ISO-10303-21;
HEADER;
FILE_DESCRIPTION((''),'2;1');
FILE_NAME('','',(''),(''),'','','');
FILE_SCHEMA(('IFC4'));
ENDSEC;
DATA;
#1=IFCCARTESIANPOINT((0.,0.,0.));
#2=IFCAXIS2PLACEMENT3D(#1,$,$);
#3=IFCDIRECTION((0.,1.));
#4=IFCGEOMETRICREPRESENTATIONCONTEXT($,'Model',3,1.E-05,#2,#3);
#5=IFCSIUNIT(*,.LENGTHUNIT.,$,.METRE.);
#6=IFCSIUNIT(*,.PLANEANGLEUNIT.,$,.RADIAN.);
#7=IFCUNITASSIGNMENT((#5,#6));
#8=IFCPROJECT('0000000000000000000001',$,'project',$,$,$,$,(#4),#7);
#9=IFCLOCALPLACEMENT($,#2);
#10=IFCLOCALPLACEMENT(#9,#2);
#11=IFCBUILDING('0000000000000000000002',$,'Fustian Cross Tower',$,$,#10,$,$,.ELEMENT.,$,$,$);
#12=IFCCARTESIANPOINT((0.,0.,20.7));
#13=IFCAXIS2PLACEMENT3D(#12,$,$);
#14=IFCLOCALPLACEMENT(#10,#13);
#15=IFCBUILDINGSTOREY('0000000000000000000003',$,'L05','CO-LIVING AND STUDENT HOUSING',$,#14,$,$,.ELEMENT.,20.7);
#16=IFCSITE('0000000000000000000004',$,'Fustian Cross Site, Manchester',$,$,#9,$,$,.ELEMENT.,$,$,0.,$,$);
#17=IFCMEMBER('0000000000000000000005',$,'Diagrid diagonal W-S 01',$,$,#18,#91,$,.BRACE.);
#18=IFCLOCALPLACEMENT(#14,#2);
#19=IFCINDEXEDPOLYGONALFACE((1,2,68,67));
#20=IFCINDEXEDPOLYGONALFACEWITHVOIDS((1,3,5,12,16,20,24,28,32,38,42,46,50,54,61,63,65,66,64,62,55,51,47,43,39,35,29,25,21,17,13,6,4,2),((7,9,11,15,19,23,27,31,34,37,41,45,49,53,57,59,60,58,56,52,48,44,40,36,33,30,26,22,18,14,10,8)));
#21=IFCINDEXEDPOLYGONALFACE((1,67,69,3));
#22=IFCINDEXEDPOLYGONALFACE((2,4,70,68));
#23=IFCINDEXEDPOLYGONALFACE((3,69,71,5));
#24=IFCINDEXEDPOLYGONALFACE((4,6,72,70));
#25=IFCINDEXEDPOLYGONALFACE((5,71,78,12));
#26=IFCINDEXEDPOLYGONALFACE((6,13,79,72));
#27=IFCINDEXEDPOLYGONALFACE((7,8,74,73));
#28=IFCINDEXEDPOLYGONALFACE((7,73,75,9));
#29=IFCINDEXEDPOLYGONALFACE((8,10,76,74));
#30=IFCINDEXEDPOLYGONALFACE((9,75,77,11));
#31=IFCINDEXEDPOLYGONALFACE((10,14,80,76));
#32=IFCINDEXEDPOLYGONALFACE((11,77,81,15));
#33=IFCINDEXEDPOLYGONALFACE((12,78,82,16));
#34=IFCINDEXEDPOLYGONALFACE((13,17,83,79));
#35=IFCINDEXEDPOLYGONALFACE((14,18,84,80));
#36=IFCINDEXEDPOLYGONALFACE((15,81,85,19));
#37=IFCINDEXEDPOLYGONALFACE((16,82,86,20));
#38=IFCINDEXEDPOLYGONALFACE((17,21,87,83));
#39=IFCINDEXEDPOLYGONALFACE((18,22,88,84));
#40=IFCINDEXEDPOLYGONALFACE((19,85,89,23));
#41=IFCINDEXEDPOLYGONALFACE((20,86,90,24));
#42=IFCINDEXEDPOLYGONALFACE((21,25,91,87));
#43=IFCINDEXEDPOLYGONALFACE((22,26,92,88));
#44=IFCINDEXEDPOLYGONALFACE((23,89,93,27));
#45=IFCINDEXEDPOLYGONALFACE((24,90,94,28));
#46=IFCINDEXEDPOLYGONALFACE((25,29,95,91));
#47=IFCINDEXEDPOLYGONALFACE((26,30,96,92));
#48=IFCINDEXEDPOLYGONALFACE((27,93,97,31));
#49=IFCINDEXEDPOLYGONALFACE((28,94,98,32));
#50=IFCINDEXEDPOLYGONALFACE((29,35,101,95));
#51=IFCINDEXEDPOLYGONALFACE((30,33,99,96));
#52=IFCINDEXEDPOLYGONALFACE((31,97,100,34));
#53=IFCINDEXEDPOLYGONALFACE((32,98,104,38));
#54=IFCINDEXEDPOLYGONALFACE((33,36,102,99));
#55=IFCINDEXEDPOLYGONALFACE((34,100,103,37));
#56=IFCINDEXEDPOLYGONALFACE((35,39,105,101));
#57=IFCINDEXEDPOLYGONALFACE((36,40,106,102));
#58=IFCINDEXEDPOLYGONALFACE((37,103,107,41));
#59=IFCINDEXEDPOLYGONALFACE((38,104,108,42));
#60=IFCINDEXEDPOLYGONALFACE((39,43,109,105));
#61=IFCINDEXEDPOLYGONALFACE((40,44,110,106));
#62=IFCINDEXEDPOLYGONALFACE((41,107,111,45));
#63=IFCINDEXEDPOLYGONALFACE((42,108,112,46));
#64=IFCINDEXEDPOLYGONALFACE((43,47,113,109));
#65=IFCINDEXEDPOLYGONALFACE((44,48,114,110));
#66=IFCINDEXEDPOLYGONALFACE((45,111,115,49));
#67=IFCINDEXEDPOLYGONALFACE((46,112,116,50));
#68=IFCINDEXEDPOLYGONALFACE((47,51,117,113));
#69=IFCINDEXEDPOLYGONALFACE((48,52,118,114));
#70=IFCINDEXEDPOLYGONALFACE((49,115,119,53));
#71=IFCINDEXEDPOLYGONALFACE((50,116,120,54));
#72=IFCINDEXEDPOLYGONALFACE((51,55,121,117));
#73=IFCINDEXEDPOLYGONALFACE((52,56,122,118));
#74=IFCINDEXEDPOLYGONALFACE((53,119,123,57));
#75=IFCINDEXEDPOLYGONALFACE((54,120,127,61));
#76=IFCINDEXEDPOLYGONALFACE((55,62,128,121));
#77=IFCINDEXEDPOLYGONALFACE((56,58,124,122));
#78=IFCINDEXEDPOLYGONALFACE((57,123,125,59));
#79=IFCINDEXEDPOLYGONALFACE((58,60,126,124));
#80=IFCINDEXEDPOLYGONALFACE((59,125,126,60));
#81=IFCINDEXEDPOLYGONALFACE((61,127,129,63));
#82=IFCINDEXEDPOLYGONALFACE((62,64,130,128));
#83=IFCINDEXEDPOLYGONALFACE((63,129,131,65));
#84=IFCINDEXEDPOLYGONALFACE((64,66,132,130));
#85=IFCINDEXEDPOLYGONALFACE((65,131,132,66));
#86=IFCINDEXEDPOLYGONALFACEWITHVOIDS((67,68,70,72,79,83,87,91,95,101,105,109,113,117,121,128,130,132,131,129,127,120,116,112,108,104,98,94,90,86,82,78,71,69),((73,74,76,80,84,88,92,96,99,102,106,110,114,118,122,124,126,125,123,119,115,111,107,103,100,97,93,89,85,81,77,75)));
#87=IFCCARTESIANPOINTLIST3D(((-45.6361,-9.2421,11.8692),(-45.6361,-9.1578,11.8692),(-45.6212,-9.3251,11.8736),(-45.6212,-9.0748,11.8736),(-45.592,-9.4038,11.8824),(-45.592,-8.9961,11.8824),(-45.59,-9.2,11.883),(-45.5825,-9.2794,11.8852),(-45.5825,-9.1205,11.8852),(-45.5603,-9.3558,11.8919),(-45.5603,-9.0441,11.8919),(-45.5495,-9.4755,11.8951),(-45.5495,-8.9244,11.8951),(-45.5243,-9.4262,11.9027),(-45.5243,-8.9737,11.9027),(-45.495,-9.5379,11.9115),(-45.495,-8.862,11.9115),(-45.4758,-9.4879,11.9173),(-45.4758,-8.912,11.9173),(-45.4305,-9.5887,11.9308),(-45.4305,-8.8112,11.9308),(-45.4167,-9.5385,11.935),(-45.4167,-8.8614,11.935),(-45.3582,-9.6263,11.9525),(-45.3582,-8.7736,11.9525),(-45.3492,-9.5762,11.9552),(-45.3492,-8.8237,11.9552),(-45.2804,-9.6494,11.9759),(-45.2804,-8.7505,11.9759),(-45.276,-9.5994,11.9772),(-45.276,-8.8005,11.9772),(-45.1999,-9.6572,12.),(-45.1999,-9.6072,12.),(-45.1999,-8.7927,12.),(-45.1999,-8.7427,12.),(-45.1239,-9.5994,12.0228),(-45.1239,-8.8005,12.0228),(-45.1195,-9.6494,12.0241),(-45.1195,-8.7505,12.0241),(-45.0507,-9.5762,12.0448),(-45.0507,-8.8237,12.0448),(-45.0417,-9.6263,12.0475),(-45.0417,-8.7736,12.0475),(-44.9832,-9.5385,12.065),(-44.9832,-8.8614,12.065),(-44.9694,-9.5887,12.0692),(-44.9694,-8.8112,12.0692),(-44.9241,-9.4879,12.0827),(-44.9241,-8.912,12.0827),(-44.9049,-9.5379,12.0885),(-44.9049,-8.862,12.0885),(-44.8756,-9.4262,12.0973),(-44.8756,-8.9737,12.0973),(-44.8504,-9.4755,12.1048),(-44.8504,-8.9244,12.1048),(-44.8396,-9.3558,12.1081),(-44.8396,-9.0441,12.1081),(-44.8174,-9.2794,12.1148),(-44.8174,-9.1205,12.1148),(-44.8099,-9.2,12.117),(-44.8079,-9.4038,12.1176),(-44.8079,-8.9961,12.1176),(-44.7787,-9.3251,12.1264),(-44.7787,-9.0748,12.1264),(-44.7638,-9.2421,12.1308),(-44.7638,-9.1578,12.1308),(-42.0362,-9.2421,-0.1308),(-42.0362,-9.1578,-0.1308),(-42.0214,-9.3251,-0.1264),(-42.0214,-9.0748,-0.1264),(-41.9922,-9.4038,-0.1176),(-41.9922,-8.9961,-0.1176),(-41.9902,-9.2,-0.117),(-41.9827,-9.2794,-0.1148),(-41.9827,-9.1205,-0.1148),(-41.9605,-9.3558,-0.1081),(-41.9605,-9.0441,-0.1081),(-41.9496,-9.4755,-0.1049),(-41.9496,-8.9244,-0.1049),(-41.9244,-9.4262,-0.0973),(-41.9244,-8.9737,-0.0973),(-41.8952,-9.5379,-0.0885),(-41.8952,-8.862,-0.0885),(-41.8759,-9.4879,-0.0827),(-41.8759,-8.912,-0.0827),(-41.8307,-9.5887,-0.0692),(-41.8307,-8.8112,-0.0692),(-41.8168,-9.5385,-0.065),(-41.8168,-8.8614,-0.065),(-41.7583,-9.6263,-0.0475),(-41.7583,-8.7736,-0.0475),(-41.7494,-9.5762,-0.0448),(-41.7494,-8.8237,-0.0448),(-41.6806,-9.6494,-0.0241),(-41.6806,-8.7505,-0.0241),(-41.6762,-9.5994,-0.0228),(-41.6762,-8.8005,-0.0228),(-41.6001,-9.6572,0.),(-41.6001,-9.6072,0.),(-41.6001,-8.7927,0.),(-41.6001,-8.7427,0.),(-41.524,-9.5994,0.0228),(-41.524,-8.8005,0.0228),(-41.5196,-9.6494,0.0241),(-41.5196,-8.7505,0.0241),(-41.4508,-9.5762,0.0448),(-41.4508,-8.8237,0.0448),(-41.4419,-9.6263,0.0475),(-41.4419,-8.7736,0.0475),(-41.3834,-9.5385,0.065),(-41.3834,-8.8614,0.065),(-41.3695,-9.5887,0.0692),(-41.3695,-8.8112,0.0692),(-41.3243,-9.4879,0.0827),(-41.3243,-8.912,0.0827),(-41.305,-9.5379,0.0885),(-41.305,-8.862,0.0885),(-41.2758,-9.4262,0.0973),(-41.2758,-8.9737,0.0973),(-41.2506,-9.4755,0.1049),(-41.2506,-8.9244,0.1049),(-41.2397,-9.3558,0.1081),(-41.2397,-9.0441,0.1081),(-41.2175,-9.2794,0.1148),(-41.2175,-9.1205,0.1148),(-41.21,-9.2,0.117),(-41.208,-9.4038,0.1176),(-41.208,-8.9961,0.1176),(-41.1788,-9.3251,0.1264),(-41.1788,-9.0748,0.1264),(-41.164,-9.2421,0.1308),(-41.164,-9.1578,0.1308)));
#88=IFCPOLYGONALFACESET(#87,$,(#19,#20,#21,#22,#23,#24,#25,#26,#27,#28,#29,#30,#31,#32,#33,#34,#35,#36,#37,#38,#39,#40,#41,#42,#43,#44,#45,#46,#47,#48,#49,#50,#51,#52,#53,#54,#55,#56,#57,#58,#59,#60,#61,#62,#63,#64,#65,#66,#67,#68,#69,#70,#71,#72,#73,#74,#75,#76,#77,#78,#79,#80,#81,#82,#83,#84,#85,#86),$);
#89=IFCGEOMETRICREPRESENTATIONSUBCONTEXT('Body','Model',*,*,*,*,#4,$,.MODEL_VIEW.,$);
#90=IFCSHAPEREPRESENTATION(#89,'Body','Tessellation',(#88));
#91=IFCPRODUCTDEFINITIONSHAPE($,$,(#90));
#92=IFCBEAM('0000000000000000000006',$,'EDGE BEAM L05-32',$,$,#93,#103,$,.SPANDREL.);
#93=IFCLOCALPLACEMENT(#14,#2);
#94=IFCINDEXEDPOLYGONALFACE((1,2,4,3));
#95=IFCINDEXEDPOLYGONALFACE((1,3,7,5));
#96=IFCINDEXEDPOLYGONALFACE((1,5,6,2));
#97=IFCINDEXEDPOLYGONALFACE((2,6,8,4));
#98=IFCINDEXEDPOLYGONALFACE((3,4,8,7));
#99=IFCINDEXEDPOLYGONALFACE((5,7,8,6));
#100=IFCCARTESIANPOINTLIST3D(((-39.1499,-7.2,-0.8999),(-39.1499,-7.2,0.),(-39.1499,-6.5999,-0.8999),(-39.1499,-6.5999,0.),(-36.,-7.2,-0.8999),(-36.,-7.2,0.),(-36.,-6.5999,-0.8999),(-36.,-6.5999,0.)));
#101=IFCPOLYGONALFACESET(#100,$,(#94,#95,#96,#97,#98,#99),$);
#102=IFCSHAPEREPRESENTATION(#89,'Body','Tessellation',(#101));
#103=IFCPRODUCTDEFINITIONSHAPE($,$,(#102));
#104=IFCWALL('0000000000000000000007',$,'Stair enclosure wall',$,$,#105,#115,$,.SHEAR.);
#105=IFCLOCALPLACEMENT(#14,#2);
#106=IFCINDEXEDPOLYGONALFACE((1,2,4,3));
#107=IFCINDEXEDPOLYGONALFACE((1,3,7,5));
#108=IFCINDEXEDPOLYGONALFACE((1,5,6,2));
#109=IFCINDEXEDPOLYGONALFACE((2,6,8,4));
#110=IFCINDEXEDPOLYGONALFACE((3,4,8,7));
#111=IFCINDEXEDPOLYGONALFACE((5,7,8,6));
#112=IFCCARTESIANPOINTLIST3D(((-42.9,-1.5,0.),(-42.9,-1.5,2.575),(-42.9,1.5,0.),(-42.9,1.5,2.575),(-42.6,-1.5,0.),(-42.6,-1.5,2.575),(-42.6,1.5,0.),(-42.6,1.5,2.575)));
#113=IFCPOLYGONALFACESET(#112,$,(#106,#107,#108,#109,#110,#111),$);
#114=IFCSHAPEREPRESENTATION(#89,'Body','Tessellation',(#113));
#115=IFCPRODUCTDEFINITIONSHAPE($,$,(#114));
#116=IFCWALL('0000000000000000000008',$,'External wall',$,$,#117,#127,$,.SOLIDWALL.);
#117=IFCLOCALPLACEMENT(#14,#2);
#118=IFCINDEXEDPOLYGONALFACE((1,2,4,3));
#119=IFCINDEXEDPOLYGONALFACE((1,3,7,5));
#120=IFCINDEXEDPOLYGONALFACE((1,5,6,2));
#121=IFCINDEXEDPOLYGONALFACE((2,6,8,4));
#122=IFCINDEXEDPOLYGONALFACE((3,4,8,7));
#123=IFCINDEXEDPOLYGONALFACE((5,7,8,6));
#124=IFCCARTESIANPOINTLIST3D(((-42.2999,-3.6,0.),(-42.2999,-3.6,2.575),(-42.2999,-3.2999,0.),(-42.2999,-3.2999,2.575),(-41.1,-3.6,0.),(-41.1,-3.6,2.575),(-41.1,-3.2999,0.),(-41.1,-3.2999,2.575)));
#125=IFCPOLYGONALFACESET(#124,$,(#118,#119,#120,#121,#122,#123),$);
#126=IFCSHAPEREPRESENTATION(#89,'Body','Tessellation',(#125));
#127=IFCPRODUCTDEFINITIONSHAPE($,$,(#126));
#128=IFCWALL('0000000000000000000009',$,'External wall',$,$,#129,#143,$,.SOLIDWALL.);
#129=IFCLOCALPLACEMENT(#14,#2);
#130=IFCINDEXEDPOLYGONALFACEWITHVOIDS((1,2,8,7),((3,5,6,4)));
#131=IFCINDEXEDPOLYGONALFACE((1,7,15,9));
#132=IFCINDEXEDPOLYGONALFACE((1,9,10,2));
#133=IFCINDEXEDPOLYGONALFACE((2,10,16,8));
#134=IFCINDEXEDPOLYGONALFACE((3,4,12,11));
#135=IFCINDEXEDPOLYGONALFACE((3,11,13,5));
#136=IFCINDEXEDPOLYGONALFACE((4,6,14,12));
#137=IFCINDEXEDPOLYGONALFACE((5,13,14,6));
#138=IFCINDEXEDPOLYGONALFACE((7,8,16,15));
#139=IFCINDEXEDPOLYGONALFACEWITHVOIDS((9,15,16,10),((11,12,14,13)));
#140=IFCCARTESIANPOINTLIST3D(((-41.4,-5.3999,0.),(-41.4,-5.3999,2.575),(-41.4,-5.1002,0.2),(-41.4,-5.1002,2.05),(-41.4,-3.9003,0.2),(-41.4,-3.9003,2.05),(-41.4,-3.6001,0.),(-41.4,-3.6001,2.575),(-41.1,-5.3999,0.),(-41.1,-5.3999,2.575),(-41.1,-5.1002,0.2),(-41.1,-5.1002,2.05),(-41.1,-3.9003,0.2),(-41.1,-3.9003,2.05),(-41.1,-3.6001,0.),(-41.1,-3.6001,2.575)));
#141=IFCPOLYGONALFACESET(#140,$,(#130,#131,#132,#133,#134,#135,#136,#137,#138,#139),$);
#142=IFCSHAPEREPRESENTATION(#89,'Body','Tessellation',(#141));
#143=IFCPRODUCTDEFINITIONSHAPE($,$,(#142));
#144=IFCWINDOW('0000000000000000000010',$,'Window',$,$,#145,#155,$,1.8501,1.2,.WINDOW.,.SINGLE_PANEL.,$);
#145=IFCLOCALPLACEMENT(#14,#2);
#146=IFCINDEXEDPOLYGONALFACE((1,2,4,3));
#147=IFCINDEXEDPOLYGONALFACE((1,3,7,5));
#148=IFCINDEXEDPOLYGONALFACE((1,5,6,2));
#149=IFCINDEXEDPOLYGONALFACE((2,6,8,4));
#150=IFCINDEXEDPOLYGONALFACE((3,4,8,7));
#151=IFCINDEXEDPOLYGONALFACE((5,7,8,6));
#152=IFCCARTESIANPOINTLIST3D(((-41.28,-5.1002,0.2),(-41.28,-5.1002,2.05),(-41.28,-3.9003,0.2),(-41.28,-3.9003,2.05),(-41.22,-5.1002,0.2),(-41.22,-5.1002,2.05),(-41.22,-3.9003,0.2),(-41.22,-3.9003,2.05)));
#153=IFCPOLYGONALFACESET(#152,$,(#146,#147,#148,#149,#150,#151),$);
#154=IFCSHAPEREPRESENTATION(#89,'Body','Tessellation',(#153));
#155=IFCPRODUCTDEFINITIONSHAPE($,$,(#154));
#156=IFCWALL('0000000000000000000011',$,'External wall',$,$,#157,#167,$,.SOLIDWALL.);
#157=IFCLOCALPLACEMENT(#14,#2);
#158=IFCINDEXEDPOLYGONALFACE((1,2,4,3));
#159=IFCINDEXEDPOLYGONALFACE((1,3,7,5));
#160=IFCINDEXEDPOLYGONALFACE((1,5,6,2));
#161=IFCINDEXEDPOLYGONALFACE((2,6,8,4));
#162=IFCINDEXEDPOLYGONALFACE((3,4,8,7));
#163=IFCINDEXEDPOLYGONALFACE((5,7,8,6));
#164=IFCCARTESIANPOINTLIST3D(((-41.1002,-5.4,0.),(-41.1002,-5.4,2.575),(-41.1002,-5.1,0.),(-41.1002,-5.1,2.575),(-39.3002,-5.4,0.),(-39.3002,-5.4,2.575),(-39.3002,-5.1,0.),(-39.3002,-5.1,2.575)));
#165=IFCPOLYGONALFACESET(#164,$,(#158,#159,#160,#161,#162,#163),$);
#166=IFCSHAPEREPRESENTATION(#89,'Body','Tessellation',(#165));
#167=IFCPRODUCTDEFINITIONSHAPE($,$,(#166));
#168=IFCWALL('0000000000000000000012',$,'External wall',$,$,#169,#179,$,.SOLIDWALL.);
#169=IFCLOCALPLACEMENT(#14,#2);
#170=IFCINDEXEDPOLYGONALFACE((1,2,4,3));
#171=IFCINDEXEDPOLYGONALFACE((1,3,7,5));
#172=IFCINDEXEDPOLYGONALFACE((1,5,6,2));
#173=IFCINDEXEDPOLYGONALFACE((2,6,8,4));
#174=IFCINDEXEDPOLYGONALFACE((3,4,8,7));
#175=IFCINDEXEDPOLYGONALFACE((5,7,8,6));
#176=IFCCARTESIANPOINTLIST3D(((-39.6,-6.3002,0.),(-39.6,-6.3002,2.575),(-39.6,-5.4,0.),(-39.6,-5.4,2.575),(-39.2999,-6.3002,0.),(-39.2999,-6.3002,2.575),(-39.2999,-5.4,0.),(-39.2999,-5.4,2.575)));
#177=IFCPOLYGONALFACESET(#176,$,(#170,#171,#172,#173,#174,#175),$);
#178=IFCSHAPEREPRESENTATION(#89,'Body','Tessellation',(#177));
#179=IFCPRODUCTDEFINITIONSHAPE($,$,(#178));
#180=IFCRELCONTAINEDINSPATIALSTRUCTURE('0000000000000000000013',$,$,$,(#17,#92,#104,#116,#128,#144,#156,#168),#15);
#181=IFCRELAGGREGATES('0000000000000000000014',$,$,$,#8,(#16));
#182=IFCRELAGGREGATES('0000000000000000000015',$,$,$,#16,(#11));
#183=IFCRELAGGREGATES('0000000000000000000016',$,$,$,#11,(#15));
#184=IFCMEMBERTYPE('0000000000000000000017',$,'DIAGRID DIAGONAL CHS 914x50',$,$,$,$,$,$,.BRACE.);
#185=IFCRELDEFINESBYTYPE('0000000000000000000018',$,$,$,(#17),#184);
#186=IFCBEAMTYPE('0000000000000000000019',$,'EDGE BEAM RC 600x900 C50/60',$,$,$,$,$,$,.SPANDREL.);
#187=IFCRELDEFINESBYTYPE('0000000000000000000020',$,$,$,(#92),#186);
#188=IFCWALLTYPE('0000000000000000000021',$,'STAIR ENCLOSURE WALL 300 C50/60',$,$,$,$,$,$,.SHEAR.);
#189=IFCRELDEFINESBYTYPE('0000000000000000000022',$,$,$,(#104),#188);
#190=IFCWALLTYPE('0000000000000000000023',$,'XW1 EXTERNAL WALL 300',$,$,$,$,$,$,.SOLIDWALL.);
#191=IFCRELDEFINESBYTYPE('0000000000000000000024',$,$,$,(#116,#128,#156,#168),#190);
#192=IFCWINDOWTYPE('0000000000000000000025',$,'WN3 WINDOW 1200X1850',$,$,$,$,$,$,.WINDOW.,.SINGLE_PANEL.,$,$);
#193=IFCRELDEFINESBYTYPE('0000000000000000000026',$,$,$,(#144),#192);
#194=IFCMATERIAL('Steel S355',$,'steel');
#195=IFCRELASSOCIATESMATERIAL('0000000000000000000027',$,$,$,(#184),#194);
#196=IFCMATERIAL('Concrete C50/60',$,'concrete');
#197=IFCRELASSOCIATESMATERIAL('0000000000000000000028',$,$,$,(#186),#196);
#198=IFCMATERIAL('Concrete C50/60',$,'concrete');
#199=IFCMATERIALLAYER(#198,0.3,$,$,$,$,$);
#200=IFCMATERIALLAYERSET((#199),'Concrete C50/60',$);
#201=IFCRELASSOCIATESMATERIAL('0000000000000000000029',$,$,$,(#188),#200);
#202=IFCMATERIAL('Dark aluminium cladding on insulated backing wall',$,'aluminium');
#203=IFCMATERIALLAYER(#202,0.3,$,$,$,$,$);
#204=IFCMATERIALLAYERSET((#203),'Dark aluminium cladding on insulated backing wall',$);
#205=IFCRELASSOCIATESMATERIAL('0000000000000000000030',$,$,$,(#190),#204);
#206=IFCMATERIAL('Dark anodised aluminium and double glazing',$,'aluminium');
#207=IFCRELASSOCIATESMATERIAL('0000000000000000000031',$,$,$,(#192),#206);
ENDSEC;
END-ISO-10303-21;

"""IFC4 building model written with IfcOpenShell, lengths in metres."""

from ifc_helpers import new_model, si_unit, direction, frame, frame_2d, origin, origin_2d, place, context, subcontext, project, spatial, rectangle, hollow_circle, extrude, material, layer, layer_set, material_profile, profile_set, type_object, element, fill, save


model = new_model("IFC4")

# Units and contexts
model_context = context("Model", 3, precision=1e-05, world=origin(), true_north=direction((0.0, 1.0)))
body_context = subcontext(model_context, "Body", "Model", "MODEL_VIEW")
ifc_project = project(units=[si_unit("LENGTHUNIT", "METRE"), si_unit("PLANEANGLEUNIT", "RADIAN")], contexts=[model_context])

# Site, building, storey
site_placement = place(None, origin())
site = spatial("IfcSite", under=ifc_project, at=site_placement, Name="Fustian Cross Site, Manchester", CompositionType="ELEMENT", RefElevation=0.0)
building_placement = place(site_placement, origin())
building = spatial("IfcBuilding", under=site, at=building_placement, Name="Fustian Cross Tower", CompositionType="ELEMENT")
storey_placement = place(building_placement, frame((0.0, 0.0, 20.7)))
storey = spatial("IfcBuildingStorey", under=building, at=storey_placement, Name="L05", Description="CO-LIVING AND STUDENT HOUSING", CompositionType="ELEMENT", Elevation=20.7)

# Member
ifc_material_1 = material(Name="Steel S355", Category="steel")
ifc_material_profile_1 = material_profile(ifc_material_1, hollow_circle(Radius=0.4573, WallThickness=0.05, at=origin_2d()), Name="CHS 914x50")
ifc_profile_set_1 = profile_set([ifc_material_profile_1], Name="Steel S355")
member_type_1 = type_object("IfcMemberType", Name="DIAGRID DIAGONAL CHS 914x50", PredefinedType="BRACE", material=ifc_profile_set_1)
member_1_placement = place(storey_placement, frame((-41.6001, -9.2, 0.0), z_axis=(-0.287337, 0.0, 0.95783), x_axis=(0.0, -1.0, 0.0)))
element("IfcMember", 1, at=member_1_placement, inside=storey, type_object=member_type_1, Name="Diagrid diagonal W-S 01", PredefinedType="BRACE", context=body_context, shape_type="SweptSolid", body=[
    extrude(hollow_circle(Radius=0.4573, WallThickness=0.05, at=origin_2d()), origin(), (0.0, 0.0, 1.0), 12.5283),
])

# Beam
ifc_material_2 = material(Name="Concrete C50/60", Category="concrete")
ifc_material_profile_2 = material_profile(ifc_material_2, rectangle(XDim=0.6001, YDim=0.8999, at=origin_2d()), Name="RC 600x900")
ifc_profile_set_2 = profile_set([ifc_material_profile_2], Name="Concrete C50/60")
beam_type = type_object("IfcBeamType", Name="EDGE BEAM RC 600x900 C50/60", PredefinedType="SPANDREL", material=ifc_profile_set_2)
beam_placement = place(storey_placement, frame((-39.1499, -6.8999, -0.45), z_axis=(1.0, 0.0, 0.0), x_axis=(0.0, 1.0, 0.0)))
element("IfcBeam", 2, at=beam_placement, inside=storey, type_object=beam_type, Name="EDGE BEAM L05-32", PredefinedType="SPANDREL", context=body_context, shape_type="SweptSolid", body=[
    extrude(rectangle(XDim=0.6001, YDim=0.8999, at=origin_2d()), origin(), (0.0, 0.0, 1.0), 3.1499),
])

# Walls
ifc_material_3 = material(Name="Concrete C50/60", Category="concrete")
ifc_layer_1 = layer(ifc_material_3, 0.3)
ifc_layer_set_1 = layer_set([ifc_layer_1], Name="Concrete C50/60")
wall_type_1 = type_object("IfcWallType", Name="STAIR ENCLOSURE WALL 300 C50/60", PredefinedType="SHEAR", material=ifc_layer_set_1)
wall_1_placement = place(storey_placement, frame((-42.75, -1.5, 0.0), z_axis=(0.0, 0.0, 1.0), x_axis=(0.0, 1.0, 0.0)))
element("IfcWall", 3, at=wall_1_placement, inside=storey, type_object=wall_type_1, Name="Stair enclosure wall", PredefinedType="SHEAR", context=body_context, shape_type="SweptSolid", body=[
    extrude(rectangle(XDim=3.0, YDim=0.3, at=frame_2d((1.5, 0.0))), origin(), (0.0, 0.0, 1.0), 2.575),
])
ifc_material_4 = material(Name="Dark aluminium cladding on insulated backing wall", Category="aluminium")
ifc_layer_2 = layer(ifc_material_4, 0.3)
ifc_layer_set_2 = layer_set([ifc_layer_2], Name="Dark aluminium cladding on insulated backing wall")
wall_type_2 = type_object("IfcWallType", Name="XW1 EXTERNAL WALL 300", PredefinedType="SOLIDWALL", material=ifc_layer_set_2)
wall_2_placement = place(storey_placement, frame((-42.3, -3.45, 0.0), z_axis=(0.0, 0.0, 1.0), x_axis=(1.0, 0.0, 0.0)))
element("IfcWall", 4, at=wall_2_placement, inside=storey, type_object=wall_type_2, Name="External wall", PredefinedType="SOLIDWALL", context=body_context, shape_type="SweptSolid", body=[
    extrude(rectangle(XDim=1.2, YDim=0.3, at=frame_2d((0.6001, 0.0))), origin(), (0.0, 0.0, 1.0), 2.575),
])

# Wall, opening, window
wall_3_placement = place(storey_placement, frame((-41.25, -3.6001, 0.0), z_axis=(0.0, 0.0, 1.0), x_axis=(0.0, -1.0, 0.0)))
wall_3 = element("IfcWall", 5, at=wall_3_placement, inside=storey, type_object=wall_type_2, Name="External wall", PredefinedType="SOLIDWALL", context=body_context, shape_type="SweptSolid", body=[
    extrude(rectangle(XDim=1.7998, YDim=0.3, at=frame_2d((0.8999, 0.0))), origin(), (0.0, 0.0, 1.0), 2.575),
])
opening_1_placement = place(wall_3_placement, frame((0.3, 0.0, 0.2)))
opening_1 = element("IfcOpeningElement", 6, at=opening_1_placement, cuts=wall_3, PredefinedType="OPENING", context=body_context, shape_type="SweptSolid", body=[
    extrude(rectangle(XDim=1.2, YDim=1.8501, at=frame_2d((0.6001, 0.925))), frame((0.0, 0.1599, 0.0), z_axis=(0.0, -1.0, 0.0), x_axis=(1.0, 0.0, 0.0)), (0.0, 0.0, 1.0), 0.3201),
])
ifc_material_5 = material(Name="Dark anodised aluminium and double glazing", Category="aluminium")
window_type = type_object("IfcWindowType", Name="WN3 WINDOW 1200X1850", PartitioningType="SINGLE_PANEL", PredefinedType="WINDOW", material=ifc_material_5)
window_1_placement = place(opening_1_placement, origin())
window_1 = element("IfcWindow", 7, at=window_1_placement, inside=storey, type_object=window_type, Name="Window", OverallHeight=1.8501, OverallWidth=1.2, PartitioningType="SINGLE_PANEL", PredefinedType="WINDOW", context=body_context, shape_type="SweptSolid", body=[
    extrude(rectangle(XDim=1.2, YDim=1.8501, at=frame_2d((0.6001, 0.925))), frame((0.0, 0.03, 0.0), z_axis=(0.0, -1.0, 0.0), x_axis=(1.0, 0.0, 0.0)), (0.0, 0.0, 1.0), 0.0601),
])
fill(opening_1, window_1)

# Walls
wall_4_placement = place(storey_placement, frame((-41.1001, -5.25, 0.0), z_axis=(0.0, 0.0, 1.0), x_axis=(1.0, 0.0, 0.0)))
element("IfcWall", 8, at=wall_4_placement, inside=storey, type_object=wall_type_2, Name="External wall", PredefinedType="SOLIDWALL", context=body_context, shape_type="SweptSolid", body=[
    extrude(rectangle(XDim=1.8, YDim=0.3, at=frame_2d((0.8999, 0.0))), origin(), (0.0, 0.0, 1.0), 2.575),
])
wall_5_placement = place(storey_placement, frame((-39.45, -5.3999, 0.0), z_axis=(0.0, 0.0, 1.0), x_axis=(0.0, -1.0, 0.0)))
element("IfcWall", 9, at=wall_5_placement, inside=storey, type_object=wall_type_2, Name="External wall", PredefinedType="SOLIDWALL", context=body_context, shape_type="SweptSolid", body=[
    extrude(rectangle(XDim=0.9001, YDim=0.3, at=frame_2d((0.4502, 0.0))), origin(), (0.0, 0.0, 1.0), 2.575),
])

save(model, "model.ifc")
